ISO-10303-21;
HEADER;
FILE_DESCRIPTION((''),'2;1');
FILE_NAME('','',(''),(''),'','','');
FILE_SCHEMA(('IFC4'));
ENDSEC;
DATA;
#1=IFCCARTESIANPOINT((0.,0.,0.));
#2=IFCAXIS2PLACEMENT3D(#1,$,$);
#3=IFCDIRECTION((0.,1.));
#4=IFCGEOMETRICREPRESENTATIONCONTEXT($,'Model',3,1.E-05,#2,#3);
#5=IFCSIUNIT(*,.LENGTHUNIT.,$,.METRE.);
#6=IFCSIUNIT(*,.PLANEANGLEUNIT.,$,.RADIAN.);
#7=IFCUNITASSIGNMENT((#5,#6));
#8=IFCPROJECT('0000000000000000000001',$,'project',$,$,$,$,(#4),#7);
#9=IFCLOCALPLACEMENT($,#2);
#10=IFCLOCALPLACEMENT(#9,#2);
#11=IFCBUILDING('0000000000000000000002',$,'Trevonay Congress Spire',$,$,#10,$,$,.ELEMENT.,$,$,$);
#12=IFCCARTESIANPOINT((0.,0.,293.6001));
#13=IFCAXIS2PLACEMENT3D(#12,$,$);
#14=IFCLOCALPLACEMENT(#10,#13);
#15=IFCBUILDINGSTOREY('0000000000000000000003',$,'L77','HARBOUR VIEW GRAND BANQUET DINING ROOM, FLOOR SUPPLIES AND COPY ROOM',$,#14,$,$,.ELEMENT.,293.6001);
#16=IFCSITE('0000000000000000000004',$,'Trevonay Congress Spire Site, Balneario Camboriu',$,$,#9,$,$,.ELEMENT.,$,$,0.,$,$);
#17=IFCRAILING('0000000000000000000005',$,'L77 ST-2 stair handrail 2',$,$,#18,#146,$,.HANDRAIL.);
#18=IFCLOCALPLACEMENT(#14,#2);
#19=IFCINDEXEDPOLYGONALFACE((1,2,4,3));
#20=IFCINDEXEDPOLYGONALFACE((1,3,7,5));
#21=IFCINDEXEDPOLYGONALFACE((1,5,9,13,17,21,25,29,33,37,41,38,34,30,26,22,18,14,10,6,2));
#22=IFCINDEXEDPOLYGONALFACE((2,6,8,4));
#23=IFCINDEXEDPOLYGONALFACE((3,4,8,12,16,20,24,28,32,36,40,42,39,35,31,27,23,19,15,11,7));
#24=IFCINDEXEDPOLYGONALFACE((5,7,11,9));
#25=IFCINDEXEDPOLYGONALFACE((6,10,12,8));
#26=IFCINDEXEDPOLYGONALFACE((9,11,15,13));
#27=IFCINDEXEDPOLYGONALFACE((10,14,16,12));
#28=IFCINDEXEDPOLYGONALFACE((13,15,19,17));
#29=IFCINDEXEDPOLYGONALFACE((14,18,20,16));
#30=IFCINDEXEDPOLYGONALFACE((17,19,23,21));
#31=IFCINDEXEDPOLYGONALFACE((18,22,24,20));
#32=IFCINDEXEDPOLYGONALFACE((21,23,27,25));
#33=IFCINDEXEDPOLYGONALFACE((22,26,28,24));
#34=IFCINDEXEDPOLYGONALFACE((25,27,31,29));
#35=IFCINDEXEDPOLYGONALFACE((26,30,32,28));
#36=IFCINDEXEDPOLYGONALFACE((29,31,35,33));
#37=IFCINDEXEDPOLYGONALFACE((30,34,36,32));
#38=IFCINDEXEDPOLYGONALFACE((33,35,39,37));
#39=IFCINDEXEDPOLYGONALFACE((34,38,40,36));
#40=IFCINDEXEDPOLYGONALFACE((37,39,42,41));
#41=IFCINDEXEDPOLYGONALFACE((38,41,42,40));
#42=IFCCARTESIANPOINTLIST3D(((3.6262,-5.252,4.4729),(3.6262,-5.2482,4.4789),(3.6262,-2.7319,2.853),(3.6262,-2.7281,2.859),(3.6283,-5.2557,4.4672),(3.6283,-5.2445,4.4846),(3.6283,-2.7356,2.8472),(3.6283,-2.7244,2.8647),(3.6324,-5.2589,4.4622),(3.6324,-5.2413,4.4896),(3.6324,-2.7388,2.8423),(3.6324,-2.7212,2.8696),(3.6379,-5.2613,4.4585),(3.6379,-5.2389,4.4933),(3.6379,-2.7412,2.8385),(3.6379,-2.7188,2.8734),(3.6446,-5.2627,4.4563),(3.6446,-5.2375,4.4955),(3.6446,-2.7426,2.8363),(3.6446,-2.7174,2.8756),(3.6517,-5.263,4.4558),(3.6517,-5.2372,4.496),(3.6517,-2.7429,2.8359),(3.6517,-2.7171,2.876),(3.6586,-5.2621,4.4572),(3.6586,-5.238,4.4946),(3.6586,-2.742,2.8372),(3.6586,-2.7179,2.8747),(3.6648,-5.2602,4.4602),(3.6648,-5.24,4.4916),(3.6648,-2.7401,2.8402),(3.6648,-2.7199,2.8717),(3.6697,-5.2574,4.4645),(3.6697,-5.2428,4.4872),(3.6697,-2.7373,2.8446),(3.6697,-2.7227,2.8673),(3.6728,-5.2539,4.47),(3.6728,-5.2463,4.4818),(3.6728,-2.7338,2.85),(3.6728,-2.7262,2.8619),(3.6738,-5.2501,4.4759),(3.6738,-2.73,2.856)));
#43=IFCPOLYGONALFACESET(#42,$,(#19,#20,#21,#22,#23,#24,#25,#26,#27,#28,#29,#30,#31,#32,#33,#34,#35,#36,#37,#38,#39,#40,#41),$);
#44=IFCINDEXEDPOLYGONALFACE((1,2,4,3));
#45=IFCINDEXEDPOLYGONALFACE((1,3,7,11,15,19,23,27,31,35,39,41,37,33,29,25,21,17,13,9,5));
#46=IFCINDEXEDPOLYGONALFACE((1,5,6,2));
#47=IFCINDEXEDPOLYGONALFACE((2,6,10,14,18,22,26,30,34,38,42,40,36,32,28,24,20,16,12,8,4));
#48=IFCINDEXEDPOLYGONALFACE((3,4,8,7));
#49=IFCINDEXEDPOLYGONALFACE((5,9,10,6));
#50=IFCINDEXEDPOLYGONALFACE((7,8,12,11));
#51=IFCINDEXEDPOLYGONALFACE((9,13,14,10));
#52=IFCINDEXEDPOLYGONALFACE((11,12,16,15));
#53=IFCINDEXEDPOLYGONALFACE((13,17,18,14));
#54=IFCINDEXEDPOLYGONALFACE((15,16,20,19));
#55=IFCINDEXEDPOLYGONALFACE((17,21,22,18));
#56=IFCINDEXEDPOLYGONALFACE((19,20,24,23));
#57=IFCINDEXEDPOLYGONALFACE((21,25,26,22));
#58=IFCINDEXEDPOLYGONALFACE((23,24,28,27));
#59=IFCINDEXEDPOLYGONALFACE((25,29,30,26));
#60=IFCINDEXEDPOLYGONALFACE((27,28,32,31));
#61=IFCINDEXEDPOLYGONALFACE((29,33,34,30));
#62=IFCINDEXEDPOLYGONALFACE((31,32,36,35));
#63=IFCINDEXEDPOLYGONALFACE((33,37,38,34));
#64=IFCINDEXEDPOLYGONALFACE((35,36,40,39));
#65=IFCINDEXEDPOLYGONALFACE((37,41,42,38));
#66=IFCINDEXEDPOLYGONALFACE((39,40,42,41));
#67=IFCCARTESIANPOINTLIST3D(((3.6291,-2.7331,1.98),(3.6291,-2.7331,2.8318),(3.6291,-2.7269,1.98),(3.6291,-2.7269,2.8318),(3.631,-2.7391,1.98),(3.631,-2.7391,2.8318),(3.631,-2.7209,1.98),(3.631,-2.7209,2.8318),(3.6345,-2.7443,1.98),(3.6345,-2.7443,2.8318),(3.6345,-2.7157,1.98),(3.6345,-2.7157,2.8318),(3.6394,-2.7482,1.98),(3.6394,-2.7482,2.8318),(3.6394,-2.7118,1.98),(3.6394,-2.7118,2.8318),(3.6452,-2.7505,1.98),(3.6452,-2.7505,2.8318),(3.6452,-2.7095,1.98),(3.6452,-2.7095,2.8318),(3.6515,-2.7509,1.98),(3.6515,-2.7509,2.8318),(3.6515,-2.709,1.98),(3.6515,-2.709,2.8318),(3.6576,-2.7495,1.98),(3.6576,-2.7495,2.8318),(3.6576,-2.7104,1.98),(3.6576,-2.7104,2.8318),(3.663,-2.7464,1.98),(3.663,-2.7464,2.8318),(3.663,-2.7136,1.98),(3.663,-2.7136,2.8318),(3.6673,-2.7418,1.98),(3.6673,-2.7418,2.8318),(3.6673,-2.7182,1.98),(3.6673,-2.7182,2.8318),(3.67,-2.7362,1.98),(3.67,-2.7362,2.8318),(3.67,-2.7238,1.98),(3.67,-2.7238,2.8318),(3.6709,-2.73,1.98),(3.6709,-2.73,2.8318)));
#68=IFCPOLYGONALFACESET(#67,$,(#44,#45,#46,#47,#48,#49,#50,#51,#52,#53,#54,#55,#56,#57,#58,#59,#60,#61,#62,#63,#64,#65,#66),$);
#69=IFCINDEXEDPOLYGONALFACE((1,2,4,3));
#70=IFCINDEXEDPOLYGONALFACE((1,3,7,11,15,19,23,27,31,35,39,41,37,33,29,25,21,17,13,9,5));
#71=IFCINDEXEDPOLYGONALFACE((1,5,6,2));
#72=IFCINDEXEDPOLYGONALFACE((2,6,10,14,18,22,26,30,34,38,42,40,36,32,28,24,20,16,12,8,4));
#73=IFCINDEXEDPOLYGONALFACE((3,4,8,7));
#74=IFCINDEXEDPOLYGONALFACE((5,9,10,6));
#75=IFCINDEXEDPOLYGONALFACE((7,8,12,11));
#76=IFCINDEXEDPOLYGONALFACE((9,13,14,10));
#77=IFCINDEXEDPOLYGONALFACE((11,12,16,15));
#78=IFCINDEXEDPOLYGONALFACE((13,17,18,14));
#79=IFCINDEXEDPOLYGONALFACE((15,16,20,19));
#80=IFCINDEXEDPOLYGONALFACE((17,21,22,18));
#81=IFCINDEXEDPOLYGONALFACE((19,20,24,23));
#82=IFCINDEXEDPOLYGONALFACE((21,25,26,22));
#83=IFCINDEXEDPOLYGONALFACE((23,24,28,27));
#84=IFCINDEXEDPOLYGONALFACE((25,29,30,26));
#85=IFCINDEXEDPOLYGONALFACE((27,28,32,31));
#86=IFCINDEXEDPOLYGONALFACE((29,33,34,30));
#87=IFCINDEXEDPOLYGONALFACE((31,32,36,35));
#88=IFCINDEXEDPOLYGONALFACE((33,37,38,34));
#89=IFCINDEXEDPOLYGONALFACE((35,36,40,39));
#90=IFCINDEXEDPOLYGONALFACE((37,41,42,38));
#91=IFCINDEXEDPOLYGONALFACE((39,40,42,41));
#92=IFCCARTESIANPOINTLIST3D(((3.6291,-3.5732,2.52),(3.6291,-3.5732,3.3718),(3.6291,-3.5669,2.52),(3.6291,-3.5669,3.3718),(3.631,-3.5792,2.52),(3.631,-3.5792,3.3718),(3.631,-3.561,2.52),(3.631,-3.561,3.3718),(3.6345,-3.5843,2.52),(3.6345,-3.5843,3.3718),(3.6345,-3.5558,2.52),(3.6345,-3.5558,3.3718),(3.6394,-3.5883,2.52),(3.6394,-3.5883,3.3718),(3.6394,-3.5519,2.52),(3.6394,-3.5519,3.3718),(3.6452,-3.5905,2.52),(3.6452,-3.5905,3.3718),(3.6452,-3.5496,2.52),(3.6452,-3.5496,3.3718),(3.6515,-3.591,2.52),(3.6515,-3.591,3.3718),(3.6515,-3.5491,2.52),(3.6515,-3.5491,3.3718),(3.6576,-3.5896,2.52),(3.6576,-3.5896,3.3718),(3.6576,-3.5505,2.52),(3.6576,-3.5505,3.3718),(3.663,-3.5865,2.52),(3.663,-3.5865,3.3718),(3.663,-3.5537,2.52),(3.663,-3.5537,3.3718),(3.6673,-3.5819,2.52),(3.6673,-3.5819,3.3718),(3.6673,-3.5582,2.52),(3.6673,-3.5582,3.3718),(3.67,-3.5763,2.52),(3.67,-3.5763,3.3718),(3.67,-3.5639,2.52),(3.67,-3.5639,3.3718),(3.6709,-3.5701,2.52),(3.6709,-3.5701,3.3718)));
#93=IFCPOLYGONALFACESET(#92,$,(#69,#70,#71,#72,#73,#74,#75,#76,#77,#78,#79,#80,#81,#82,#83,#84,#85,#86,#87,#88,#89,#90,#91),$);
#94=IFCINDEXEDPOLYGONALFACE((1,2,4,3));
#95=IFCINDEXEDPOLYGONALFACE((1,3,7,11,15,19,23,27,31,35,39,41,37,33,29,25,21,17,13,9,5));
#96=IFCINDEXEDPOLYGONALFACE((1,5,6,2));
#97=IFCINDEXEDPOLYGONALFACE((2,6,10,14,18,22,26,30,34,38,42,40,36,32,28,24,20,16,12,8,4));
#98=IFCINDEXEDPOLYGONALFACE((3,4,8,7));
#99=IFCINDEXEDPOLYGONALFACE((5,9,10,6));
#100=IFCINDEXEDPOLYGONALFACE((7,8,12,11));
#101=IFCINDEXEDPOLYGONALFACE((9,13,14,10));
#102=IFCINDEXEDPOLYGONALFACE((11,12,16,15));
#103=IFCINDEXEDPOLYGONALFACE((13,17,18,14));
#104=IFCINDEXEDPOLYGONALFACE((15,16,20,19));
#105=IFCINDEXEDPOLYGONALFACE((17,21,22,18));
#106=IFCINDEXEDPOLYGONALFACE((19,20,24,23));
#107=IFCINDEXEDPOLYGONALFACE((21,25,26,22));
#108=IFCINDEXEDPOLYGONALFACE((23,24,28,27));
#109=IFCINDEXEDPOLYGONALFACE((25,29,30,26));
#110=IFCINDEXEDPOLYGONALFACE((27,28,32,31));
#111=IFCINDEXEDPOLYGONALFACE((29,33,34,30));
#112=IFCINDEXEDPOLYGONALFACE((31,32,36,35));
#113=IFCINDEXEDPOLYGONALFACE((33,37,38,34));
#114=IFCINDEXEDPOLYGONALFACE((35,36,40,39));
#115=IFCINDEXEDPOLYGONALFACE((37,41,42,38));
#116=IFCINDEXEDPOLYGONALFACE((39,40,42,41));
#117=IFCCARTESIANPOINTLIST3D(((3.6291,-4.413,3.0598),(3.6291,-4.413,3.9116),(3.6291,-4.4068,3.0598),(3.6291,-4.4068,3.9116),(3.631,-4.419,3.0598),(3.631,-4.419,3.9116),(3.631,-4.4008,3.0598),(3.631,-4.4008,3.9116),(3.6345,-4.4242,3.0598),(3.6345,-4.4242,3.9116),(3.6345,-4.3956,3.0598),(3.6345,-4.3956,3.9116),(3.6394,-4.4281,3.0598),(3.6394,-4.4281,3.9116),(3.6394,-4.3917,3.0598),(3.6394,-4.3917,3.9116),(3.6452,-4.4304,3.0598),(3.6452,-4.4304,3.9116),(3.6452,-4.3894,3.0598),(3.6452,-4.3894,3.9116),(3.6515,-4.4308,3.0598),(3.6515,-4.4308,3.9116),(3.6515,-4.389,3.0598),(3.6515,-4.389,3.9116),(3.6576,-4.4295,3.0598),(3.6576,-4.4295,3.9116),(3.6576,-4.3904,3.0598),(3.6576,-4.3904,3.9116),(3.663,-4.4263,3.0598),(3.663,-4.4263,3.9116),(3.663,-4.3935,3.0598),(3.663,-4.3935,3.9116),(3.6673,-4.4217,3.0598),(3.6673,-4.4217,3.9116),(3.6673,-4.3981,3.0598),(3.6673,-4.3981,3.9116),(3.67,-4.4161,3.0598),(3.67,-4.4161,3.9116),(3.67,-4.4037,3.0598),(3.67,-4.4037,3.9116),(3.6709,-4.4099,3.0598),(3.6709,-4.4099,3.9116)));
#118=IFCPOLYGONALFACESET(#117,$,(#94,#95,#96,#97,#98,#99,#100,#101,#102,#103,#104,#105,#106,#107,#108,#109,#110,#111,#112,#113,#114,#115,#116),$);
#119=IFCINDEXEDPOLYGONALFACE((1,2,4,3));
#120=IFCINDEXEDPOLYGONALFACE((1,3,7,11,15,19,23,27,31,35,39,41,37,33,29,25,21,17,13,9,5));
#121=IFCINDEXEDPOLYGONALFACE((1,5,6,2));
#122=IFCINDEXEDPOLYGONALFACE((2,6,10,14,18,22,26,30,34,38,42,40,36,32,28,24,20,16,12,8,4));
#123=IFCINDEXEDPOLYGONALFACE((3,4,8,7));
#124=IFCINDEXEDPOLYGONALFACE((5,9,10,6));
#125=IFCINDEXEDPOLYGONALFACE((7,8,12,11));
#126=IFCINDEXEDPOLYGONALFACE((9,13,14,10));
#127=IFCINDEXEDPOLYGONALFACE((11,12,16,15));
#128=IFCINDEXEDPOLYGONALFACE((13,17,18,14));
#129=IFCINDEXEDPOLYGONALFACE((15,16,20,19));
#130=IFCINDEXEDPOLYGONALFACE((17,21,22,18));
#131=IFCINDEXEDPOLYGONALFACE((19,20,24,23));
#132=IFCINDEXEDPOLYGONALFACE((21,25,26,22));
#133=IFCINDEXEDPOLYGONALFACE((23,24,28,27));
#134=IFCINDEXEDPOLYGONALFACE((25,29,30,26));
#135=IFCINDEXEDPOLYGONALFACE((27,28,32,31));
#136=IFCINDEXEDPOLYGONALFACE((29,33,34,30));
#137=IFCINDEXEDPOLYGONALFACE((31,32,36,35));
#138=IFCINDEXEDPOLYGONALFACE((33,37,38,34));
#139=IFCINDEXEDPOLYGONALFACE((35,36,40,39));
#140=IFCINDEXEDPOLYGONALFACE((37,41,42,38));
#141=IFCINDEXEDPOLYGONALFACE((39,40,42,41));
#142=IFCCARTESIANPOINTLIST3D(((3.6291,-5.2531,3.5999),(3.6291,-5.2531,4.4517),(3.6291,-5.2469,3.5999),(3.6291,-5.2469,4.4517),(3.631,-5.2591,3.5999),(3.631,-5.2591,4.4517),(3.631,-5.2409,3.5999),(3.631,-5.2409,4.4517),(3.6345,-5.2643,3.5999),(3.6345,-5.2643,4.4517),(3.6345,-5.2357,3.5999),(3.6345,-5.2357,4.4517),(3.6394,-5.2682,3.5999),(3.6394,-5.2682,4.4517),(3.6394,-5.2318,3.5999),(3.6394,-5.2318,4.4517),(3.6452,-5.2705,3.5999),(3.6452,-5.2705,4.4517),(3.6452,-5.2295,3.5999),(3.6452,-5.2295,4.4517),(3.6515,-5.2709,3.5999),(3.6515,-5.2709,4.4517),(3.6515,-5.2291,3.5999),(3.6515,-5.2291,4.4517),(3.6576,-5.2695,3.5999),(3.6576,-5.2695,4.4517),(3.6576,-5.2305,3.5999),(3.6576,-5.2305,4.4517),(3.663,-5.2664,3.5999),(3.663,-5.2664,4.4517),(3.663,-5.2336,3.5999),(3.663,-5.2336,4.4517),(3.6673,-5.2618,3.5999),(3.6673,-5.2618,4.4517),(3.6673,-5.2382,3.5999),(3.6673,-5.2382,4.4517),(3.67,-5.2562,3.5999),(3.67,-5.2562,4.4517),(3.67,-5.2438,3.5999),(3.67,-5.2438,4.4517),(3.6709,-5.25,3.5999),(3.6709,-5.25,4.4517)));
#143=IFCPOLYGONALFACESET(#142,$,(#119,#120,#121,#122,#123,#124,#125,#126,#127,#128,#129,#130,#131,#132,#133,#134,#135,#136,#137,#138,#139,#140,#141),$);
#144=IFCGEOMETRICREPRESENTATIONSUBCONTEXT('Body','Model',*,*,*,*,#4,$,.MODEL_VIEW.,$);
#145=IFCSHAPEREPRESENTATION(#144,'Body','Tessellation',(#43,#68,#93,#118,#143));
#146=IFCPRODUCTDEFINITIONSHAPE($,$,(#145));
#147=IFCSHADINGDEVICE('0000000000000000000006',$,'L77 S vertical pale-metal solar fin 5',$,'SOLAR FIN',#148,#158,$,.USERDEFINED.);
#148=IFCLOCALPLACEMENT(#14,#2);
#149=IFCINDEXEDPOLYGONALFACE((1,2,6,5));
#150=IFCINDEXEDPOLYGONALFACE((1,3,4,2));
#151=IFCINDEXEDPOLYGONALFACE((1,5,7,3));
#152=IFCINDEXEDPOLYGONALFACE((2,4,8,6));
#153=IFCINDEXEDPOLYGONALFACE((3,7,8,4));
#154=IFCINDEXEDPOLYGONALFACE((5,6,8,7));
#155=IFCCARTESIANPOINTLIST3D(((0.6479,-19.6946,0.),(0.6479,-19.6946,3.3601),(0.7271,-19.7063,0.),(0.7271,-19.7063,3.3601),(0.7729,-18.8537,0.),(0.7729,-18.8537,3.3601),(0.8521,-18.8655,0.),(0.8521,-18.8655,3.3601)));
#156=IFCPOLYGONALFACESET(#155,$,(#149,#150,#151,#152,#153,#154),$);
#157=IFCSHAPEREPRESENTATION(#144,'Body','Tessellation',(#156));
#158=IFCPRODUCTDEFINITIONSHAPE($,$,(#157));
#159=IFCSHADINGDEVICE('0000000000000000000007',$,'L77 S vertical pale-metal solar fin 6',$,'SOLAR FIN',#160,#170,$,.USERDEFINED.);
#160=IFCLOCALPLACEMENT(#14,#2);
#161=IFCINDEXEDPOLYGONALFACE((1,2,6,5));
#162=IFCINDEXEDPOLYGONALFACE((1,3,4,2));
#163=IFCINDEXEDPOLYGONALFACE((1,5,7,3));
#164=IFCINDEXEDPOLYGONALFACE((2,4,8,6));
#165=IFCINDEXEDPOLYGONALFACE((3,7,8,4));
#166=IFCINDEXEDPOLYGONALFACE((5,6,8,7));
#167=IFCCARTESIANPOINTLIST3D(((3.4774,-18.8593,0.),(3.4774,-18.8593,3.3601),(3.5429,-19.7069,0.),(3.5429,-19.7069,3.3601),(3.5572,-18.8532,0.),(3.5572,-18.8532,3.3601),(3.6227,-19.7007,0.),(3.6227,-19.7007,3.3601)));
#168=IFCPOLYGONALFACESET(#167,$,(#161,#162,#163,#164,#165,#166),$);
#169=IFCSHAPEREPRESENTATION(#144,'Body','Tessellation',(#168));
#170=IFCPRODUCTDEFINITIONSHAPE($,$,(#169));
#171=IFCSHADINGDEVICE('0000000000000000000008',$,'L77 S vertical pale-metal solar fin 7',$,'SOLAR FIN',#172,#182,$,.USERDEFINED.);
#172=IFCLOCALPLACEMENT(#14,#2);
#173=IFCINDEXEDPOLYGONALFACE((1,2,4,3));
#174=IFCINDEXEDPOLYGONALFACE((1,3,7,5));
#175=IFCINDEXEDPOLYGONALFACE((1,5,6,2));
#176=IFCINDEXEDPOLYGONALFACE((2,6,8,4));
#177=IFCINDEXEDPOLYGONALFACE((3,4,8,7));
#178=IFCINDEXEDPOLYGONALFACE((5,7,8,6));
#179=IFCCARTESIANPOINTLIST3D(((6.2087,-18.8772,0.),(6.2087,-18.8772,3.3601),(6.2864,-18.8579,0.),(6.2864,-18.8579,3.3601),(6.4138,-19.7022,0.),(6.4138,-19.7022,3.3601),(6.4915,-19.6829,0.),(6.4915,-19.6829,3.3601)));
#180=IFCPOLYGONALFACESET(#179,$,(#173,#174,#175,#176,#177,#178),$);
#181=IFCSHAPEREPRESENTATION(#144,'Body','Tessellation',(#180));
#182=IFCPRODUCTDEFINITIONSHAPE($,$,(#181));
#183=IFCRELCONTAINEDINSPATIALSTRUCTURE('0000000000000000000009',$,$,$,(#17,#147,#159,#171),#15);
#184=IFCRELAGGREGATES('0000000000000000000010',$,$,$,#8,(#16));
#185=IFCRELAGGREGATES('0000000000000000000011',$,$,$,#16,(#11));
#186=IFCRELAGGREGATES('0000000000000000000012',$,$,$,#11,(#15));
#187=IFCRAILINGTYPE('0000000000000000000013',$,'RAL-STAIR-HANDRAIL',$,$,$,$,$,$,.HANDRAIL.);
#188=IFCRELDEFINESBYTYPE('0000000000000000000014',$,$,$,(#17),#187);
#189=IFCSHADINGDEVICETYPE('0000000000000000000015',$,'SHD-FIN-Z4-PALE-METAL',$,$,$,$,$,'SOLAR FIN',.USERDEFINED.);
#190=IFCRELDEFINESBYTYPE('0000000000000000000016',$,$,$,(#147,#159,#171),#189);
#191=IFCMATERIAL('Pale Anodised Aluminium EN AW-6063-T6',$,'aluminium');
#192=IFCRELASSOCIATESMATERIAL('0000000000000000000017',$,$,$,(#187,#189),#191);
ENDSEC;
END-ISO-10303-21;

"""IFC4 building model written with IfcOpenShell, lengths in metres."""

from ifc_helpers import new_model, si_unit, direction, frame, origin, origin_2d, place, context, subcontext, project, spatial, rectangle, circle, extrude, material, type_object, element, save


model = new_model("IFC4")

# Units and contexts
model_context = context("Model", 3, precision=1e-05, world=origin(), true_north=direction((0.0, 1.0)))
body_context = subcontext(model_context, "Body", "Model", "MODEL_VIEW")
ifc_project = project(units=[si_unit("LENGTHUNIT", "METRE"), si_unit("PLANEANGLEUNIT", "RADIAN")], contexts=[model_context])

# Site, building, storey
site_placement = place(None, origin())
site = spatial("IfcSite", under=ifc_project, at=site_placement, Name="Trevonay Congress Spire Site, Balneario Camboriu", CompositionType="ELEMENT", RefElevation=0.0)
building_placement = place(site_placement, origin())
building = spatial("IfcBuilding", under=site, at=building_placement, Name="Trevonay Congress Spire", CompositionType="ELEMENT")
storey_placement = place(building_placement, frame((0.0, 0.0, 293.6001)))
storey = spatial("IfcBuildingStorey", under=building, at=storey_placement, Name="L77", Description="HARBOUR VIEW GRAND BANQUET DINING ROOM, FLOOR SUPPLIES AND COPY ROOM", CompositionType="ELEMENT", Elevation=293.6001)

# Shared definitions
ifc_material_1 = material(Name="Pale Anodised Aluminium EN AW-6063-T6", Category="aluminium")

# Railing
railing_type_1 = type_object("IfcRailingType", Name="RAL-STAIR-HANDRAIL", PredefinedType="HANDRAIL", material=ifc_material_1)
railing_1_placement = place(storey_placement, frame((3.6499, -2.73, 1.98)))
element("IfcRailing", 1, at=railing_1_placement, inside=storey, type_object=railing_type_1, Name="L77 ST-2 stair handrail 2", PredefinedType="HANDRAIL", context=body_context, shape_type="SweptSolid", body=[
    extrude(circle(Radius=0.0239, at=origin_2d()), frame((0.0, 0.0, 0.876), z_axis=(0.0, -0.8412, 0.540725), x_axis=(1.0, 0.0, 0.0)), (0.0, 0.0, 1.0), 2.9958),
    extrude(circle(Radius=0.021, at=origin_2d()), origin(), (0.0, 0.0, 1.0), 0.8518),
    extrude(circle(Radius=0.021, at=origin_2d()), frame((0.0, -0.8401, 0.54)), (0.0, 0.0, 1.0), 0.8518),
    extrude(circle(Radius=0.021, at=origin_2d()), frame((0.0, -1.6799, 1.0798)), (0.0, 0.0, 1.0), 0.8518),
    extrude(circle(Radius=0.021, at=origin_2d()), frame((0.0, -2.52, 1.6199)), (0.0, 0.0, 1.0), 0.8518),
])

# Shading devices
shading_device_type = type_object("IfcShadingDeviceType", Name="SHD-FIN-Z4-PALE-METAL", ElementType="SOLAR FIN", PredefinedType="USERDEFINED", material=ifc_material_1)
for number, where, z_axis, x_axis, name in (
    (2, (0.75, -19.28, 0.0), (0.0, 0.0, 1.0), (0.989144, -0.146946, 0.0), "L77 S vertical pale-metal solar fin 5"),
    (3, (3.55, -19.28, 0.0), (0.0, 0.0, 1.0), (0.997026, 0.077067, 0.0), "L77 S vertical pale-metal solar fin 6"),
    (4, (6.3501, -19.28, 0.0), (0.0, 0.0, 1.0), (0.970464, 0.241244, 0.0), "L77 S vertical pale-metal solar fin 7"),
):
    element("IfcShadingDevice", number, at=place(storey_placement, frame(where, z_axis=z_axis, x_axis=x_axis)), inside=storey, type_object=shading_device_type, Name=name, ObjectType="SOLAR FIN", PredefinedType="USERDEFINED", context=body_context, shape_type="SweptSolid", body=[
        extrude(rectangle(XDim=0.0801, YDim=0.8501, at=origin_2d()), origin(), (0.0, 0.0, 1.0), 3.3601),
    ])

save(model, "model.ifc")
